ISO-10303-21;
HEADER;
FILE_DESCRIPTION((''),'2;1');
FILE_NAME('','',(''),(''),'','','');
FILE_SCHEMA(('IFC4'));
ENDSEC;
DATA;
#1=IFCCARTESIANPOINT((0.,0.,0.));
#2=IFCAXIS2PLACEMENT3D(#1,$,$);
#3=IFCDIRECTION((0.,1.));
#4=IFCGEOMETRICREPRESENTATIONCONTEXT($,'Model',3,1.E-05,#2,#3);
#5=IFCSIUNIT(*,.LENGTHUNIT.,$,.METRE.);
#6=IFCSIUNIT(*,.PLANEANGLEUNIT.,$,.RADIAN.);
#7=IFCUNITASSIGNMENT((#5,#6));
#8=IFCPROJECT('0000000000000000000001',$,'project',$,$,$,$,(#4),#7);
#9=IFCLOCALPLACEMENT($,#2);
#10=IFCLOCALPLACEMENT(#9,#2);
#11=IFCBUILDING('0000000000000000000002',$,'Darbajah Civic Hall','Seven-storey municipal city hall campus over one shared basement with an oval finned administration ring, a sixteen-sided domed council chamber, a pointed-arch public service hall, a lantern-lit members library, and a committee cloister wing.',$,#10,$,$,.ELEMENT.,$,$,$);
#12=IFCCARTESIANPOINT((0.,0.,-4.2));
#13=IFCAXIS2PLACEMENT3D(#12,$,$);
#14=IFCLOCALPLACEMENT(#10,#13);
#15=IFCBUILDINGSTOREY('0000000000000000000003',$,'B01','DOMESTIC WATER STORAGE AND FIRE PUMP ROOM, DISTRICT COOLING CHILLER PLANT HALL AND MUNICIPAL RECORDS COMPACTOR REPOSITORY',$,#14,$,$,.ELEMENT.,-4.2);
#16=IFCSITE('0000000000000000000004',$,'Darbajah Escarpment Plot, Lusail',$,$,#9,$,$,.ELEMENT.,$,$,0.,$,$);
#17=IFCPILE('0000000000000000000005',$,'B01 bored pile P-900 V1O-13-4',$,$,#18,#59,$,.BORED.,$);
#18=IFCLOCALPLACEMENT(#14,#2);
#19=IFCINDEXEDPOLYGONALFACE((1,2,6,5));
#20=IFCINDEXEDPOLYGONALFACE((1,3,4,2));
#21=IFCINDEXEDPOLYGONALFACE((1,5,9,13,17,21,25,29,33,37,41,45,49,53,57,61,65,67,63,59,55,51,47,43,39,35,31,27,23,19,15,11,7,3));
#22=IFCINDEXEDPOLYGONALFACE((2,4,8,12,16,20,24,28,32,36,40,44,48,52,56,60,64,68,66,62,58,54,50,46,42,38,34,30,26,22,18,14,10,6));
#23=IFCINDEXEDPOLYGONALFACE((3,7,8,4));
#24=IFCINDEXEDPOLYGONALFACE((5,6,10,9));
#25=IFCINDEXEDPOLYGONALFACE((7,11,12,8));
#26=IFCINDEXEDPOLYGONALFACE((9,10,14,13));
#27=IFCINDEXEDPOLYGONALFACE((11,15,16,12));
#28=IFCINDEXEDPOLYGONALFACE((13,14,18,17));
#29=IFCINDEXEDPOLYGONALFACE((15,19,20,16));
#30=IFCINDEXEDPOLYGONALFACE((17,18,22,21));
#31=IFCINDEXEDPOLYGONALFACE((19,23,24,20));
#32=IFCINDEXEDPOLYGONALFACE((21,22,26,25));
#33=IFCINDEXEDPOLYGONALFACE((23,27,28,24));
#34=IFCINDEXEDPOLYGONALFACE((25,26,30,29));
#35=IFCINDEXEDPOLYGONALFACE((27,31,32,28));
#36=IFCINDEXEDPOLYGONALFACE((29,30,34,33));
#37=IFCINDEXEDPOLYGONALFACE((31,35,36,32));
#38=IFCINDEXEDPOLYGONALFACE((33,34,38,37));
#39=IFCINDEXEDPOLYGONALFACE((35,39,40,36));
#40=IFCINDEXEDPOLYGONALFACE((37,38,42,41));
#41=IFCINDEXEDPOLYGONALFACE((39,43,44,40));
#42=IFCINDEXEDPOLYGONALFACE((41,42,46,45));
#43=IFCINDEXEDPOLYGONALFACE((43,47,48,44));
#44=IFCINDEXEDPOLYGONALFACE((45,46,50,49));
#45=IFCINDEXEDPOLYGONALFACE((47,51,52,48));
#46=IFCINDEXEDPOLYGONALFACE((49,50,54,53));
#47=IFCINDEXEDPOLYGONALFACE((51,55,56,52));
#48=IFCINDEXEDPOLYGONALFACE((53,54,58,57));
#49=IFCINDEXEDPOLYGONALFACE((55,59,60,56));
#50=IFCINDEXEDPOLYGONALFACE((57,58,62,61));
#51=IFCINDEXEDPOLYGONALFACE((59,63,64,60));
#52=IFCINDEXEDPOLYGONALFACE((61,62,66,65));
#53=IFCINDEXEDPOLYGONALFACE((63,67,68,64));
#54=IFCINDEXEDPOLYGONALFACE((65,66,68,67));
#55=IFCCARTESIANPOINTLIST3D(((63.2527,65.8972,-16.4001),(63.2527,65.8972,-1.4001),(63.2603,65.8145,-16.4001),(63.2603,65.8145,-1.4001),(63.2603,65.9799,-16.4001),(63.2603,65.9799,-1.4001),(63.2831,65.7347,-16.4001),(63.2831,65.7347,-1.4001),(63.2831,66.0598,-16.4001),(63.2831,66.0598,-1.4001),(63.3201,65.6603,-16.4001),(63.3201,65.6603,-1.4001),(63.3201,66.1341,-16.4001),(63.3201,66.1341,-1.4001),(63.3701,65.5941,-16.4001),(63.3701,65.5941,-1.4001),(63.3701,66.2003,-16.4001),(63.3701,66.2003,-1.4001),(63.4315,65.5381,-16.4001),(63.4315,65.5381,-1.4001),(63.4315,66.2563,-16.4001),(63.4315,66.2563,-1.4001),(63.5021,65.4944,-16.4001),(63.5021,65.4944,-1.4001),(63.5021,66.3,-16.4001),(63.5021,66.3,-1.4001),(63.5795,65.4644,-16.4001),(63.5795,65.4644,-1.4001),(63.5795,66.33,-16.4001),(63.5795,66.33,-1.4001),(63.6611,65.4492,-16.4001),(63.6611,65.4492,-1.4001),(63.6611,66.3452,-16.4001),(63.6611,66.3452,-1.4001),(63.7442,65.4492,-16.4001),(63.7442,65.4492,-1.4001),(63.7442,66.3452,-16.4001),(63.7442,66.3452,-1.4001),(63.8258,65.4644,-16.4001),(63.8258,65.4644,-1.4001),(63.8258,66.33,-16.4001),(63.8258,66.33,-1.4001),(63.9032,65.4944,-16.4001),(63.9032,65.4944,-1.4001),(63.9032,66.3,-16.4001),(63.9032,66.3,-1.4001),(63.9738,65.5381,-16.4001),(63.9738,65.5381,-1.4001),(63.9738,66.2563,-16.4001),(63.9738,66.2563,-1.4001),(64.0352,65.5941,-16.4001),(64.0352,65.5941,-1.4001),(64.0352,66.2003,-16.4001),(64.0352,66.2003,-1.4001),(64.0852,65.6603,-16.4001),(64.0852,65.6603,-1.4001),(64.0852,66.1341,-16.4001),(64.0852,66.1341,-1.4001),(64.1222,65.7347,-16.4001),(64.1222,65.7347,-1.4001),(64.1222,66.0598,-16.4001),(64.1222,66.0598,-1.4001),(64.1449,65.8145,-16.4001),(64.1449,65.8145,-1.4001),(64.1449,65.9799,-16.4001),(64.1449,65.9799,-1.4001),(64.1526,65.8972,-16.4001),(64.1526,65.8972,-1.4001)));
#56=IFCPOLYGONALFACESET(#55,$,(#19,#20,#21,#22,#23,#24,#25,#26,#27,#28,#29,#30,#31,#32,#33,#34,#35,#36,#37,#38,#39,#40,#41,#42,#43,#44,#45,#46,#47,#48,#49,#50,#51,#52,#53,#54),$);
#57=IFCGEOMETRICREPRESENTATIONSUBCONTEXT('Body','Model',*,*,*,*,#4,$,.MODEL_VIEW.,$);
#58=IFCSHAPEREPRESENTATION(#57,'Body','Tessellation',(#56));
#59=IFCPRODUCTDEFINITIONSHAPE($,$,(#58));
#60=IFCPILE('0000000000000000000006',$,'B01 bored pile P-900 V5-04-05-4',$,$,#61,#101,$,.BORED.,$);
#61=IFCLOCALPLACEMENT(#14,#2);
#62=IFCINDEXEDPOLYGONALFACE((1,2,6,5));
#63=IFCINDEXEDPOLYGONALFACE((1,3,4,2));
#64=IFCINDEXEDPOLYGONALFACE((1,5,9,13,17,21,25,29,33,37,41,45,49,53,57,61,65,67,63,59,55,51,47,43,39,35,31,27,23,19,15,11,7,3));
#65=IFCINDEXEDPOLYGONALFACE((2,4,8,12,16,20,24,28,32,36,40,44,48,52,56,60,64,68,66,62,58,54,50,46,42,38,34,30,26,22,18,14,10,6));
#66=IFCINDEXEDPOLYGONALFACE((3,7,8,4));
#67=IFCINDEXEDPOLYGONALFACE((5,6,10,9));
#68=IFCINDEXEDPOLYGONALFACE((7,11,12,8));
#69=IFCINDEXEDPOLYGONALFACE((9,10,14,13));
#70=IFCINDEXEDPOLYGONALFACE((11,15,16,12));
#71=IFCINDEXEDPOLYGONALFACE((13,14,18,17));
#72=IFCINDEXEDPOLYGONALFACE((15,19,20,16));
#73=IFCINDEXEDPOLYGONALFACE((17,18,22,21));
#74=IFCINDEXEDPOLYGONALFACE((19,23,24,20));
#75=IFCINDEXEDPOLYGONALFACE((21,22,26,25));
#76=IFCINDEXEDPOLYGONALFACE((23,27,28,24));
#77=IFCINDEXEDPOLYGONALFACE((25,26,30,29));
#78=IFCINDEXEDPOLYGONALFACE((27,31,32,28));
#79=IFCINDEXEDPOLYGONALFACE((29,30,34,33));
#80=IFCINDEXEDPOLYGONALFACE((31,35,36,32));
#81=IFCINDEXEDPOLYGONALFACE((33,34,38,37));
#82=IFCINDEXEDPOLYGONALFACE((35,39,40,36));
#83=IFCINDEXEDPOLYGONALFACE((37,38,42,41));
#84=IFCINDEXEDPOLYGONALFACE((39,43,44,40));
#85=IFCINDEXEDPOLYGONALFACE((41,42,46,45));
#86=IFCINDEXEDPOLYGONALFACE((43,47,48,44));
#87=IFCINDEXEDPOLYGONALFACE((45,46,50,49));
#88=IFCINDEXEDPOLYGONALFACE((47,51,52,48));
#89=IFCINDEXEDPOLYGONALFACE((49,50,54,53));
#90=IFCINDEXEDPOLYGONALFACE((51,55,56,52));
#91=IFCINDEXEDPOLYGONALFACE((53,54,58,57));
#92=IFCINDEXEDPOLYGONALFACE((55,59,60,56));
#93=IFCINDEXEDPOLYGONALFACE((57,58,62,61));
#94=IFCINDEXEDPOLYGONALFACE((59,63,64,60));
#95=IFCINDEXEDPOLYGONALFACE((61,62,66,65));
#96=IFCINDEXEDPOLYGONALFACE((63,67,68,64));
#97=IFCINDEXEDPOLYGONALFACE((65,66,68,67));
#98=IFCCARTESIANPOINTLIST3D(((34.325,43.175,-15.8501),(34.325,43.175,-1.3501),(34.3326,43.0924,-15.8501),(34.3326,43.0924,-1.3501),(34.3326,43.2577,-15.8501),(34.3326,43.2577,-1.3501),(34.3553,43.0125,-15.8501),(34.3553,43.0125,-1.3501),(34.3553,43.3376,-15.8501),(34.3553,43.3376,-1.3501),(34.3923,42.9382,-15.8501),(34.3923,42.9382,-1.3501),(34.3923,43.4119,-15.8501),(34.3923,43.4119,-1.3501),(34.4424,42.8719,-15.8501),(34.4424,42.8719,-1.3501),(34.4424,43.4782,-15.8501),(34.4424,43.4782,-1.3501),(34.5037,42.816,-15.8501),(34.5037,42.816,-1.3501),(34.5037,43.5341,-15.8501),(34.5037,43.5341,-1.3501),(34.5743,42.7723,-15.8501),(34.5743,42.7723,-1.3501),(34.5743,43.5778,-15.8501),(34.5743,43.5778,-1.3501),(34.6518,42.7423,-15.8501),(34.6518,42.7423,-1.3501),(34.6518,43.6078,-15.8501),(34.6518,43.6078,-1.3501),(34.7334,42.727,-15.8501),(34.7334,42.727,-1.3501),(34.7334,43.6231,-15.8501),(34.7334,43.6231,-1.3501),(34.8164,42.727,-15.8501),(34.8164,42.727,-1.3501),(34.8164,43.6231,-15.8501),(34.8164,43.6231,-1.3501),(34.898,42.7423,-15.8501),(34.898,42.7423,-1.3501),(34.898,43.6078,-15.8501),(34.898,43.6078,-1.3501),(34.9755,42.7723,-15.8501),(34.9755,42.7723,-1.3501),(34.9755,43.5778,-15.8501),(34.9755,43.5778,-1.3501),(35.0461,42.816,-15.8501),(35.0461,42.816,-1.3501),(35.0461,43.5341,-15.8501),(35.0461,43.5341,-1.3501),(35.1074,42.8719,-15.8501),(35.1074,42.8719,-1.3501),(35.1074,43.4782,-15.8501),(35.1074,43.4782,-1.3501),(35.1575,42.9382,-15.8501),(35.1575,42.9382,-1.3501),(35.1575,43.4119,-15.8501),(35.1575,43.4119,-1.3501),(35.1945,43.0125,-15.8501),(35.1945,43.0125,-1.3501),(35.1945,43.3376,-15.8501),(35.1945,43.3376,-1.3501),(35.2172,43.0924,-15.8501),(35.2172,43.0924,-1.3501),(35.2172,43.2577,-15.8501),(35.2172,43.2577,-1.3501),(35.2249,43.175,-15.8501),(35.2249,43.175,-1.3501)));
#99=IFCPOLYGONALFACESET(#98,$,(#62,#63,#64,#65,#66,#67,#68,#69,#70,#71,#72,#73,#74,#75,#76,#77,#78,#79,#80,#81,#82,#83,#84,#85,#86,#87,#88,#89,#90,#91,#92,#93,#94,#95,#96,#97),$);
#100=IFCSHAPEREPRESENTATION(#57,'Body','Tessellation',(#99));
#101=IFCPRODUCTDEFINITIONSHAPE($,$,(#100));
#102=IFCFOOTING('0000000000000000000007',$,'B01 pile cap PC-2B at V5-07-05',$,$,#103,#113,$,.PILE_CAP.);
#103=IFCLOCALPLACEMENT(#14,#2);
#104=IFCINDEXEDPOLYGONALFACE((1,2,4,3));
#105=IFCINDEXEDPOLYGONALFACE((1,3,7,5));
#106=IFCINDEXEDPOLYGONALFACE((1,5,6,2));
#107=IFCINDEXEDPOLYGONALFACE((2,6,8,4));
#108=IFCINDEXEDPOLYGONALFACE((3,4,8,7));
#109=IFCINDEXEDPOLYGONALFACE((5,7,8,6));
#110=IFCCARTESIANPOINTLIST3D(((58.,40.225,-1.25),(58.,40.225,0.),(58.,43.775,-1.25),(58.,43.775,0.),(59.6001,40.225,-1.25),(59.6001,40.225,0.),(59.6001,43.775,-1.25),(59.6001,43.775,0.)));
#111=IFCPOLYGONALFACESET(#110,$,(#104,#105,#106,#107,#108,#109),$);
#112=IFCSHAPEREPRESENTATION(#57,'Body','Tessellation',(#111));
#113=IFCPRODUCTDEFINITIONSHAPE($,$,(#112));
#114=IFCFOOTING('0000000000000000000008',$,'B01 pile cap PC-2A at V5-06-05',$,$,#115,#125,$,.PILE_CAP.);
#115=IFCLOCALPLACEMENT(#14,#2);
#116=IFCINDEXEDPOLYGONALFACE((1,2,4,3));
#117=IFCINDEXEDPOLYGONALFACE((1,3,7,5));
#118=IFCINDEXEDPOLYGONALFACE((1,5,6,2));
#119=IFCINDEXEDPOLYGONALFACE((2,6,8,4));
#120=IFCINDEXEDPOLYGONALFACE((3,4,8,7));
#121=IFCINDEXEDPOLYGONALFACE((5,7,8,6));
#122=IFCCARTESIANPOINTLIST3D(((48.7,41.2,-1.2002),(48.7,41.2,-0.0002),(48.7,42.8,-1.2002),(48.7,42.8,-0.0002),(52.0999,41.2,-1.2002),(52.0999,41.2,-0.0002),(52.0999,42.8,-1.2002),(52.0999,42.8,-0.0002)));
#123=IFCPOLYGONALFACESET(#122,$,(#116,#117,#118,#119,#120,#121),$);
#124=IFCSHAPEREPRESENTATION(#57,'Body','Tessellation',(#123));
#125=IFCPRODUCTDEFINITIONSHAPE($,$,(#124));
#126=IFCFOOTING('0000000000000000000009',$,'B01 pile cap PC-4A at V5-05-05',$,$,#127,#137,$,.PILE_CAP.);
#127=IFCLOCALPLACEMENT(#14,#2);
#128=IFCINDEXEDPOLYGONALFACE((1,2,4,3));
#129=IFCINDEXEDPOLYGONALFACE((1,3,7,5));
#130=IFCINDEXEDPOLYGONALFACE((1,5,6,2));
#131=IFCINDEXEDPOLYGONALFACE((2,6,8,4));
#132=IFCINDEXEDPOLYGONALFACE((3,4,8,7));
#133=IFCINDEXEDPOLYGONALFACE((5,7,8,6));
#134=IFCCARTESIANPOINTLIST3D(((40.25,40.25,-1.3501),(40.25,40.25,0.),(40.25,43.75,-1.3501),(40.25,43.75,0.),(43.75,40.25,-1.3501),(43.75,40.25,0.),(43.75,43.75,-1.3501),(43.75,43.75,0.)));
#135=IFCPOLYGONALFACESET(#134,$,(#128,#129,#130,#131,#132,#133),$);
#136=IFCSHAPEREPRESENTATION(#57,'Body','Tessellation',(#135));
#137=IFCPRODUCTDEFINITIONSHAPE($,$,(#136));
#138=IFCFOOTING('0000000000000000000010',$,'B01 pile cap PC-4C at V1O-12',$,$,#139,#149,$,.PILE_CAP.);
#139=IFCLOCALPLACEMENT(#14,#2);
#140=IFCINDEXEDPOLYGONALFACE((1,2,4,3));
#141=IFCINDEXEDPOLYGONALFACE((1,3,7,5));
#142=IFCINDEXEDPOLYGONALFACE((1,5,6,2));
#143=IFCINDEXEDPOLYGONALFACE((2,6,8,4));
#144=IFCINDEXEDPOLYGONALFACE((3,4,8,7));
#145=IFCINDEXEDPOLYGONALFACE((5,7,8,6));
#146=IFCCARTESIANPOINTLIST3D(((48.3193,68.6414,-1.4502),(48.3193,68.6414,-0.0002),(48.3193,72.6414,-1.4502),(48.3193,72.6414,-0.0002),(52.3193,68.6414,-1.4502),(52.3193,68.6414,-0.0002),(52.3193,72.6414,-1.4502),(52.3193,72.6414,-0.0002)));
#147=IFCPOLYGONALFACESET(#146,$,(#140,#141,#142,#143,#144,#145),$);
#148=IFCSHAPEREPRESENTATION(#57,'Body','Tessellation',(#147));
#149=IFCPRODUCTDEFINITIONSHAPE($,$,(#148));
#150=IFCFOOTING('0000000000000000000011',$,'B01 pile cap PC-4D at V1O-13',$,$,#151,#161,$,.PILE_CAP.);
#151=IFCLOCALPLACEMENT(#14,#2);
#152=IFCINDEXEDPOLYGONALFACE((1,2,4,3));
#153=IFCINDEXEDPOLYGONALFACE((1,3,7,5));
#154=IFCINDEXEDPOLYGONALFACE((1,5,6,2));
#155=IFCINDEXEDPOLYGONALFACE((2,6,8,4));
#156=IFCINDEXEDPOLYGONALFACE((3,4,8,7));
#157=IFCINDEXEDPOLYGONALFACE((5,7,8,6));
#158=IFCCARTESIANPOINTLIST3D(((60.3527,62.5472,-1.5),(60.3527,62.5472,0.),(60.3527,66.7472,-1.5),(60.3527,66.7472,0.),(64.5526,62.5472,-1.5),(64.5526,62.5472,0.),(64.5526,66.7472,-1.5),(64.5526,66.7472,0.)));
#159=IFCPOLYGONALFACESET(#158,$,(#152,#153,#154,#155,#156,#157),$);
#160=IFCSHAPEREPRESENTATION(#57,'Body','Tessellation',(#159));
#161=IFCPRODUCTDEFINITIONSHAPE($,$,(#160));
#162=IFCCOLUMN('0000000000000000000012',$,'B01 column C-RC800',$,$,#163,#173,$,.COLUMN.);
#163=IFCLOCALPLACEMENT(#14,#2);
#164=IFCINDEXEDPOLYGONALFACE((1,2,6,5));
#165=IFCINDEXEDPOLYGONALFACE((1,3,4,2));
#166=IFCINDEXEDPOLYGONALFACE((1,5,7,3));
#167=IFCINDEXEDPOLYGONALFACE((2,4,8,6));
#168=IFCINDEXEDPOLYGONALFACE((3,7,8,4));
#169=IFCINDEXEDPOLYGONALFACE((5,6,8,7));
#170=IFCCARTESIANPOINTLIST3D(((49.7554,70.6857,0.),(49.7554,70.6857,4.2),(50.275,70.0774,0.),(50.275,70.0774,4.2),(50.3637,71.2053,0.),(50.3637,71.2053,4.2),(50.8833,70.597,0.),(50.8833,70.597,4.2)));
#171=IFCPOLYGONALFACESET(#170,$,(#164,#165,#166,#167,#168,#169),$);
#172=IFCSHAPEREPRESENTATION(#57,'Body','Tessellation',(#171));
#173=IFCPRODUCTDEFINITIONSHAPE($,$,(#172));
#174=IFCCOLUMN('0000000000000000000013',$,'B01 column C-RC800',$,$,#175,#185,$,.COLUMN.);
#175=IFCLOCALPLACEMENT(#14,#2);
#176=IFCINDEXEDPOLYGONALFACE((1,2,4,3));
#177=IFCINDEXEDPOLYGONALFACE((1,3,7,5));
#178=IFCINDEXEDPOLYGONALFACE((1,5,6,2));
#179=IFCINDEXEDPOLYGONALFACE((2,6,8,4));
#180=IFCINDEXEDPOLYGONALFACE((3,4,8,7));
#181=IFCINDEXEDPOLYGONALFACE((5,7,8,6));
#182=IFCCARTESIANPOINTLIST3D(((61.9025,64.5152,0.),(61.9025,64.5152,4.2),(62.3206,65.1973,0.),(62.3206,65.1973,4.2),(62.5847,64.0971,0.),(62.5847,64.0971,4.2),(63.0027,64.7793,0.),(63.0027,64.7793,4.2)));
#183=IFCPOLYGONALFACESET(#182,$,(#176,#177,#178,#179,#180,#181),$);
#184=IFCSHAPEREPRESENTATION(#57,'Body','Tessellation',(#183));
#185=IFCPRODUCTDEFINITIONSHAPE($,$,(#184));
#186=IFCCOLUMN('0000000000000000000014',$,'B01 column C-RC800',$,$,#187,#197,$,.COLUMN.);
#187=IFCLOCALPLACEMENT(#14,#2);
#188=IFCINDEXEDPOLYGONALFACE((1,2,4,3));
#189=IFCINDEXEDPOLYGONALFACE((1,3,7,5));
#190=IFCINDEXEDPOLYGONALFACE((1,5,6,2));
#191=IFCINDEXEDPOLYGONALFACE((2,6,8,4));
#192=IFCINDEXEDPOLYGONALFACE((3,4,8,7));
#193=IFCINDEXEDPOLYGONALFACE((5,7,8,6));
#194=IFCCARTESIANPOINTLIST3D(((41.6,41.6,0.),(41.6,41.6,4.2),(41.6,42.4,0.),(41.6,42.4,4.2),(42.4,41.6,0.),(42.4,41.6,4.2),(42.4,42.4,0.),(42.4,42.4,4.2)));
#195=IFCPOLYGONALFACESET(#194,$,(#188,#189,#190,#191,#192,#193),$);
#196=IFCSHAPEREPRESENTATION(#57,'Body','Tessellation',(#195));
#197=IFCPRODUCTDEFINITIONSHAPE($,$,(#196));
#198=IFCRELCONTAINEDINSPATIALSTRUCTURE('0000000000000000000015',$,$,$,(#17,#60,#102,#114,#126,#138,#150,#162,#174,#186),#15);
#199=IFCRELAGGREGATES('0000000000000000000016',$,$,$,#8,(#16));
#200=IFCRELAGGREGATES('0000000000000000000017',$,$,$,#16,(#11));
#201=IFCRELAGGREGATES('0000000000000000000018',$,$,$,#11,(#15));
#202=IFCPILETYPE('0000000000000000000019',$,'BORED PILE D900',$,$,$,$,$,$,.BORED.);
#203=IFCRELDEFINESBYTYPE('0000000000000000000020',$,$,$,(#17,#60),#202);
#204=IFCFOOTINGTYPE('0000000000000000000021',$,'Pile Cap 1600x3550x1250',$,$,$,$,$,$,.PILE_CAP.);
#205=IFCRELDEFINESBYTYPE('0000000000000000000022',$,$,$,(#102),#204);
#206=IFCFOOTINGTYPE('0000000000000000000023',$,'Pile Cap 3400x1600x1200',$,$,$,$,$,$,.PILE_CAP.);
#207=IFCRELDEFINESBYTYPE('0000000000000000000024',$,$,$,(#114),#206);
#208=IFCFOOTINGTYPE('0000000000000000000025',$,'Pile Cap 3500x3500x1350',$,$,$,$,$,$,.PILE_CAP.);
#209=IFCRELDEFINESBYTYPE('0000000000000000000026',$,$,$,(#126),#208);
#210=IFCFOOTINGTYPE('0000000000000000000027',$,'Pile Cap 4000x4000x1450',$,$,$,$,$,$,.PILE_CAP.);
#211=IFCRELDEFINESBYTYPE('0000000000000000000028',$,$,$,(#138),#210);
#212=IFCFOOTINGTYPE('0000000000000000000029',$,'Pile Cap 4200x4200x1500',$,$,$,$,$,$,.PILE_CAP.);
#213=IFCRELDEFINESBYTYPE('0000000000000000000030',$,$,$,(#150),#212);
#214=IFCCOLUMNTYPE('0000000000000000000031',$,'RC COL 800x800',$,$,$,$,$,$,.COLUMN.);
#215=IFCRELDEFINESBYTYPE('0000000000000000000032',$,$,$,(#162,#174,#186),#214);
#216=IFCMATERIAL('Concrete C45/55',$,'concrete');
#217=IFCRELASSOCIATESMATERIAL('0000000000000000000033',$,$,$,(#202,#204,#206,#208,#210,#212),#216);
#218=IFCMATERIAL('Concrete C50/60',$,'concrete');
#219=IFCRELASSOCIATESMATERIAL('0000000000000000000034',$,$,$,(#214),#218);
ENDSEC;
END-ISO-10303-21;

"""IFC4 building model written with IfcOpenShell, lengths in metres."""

from ifc_helpers import new_model, si_unit, direction, frame, origin, origin_2d, place, context, subcontext, project, spatial, rectangle, circle, extrude, material, material_profile, profile_set, type_object, element, save


model = new_model("IFC4")

# Units and contexts
model_context = context("Model", 3, precision=1e-05, world=origin(), true_north=direction((0.0, 1.0)))
body_context = subcontext(model_context, "Body", "Model", "MODEL_VIEW")
ifc_project = project(units=[si_unit("LENGTHUNIT", "METRE"), si_unit("PLANEANGLEUNIT", "RADIAN")], contexts=[model_context])

# Site, building, storey
site_placement = place(None, origin())
site = spatial("IfcSite", under=ifc_project, at=site_placement, Name="Darbajah Escarpment Plot, Lusail", CompositionType="ELEMENT", RefElevation=0.0)
building_placement = place(site_placement, origin())
building = spatial("IfcBuilding", under=site, at=building_placement, Name="Darbajah Civic Hall", Description="Seven-storey municipal city hall campus over one shared basement with an oval finned administration ring, a sixteen-sided domed council chamber, a pointed-arch public service hall, a lantern-lit members library, and a committee cloister wing.", CompositionType="ELEMENT")
storey_placement = place(building_placement, frame((0.0, 0.0, -4.2)))
storey = spatial("IfcBuildingStorey", under=building, at=storey_placement, Name="B01", Description="DOMESTIC WATER STORAGE AND FIRE PUMP ROOM, DISTRICT COOLING CHILLER PLANT HALL AND MUNICIPAL RECORDS COMPACTOR REPOSITORY", CompositionType="ELEMENT", Elevation=-4.2)

# Piles
ifc_material_1 = material(Name="Concrete C45/55", Category="concrete")
ifc_material_profile_1 = material_profile(ifc_material_1, circle(Radius=0.45, at=origin_2d()), Name="BORED PILE D900")
ifc_profile_set_1 = profile_set([ifc_material_profile_1], Name="Concrete C45/55")
pile_type_1 = type_object("IfcPileType", Name="BORED PILE D900", PredefinedType="BORED", material=ifc_profile_set_1)
for number, where, z_axis, x_axis, name in (
    (1, (63.7026, 65.8972, -1.4001), (0.0, 0.0, -1.0), (1.0, 0.0, 0.0), "B01 bored pile P-900 V1O-13-4"),
):
    element("IfcPile", number, at=place(storey_placement, frame(where, z_axis=z_axis, x_axis=x_axis)), inside=storey, type_object=pile_type_1, Name=name, PredefinedType="BORED", context=body_context, shape_type="SweptSolid", body=[
        extrude(circle(Radius=0.45, at=origin_2d()), origin(), (0.0, 0.0, 1.0), 15.0),
    ])
pile_placement = place(storey_placement, frame((34.7749, 43.175, -1.3501), z_axis=(0.0, 0.0, -1.0), x_axis=(1.0, 0.0, 0.0)))
element("IfcPile", 2, at=pile_placement, inside=storey, type_object=pile_type_1, Name="B01 bored pile P-900 V5-04-05-4", PredefinedType="BORED", context=body_context, shape_type="SweptSolid", body=[
    extrude(circle(Radius=0.45, at=origin_2d()), origin(), (0.0, 0.0, 1.0), 14.5),
])

# Footings
footing_type_1 = type_object("IfcFootingType", Name="Pile Cap 1600x3550x1250", PredefinedType="PILE_CAP", material=ifc_material_1)
footing_1_placement = place(storey_placement, frame((58.8, 42.0, -1.25), z_axis=(0.0, 0.0, 1.0), x_axis=(1.0, 0.0, 0.0)))
element("IfcFooting", 3, at=footing_1_placement, inside=storey, type_object=footing_type_1, Name="B01 pile cap PC-2B at V5-07-05", PredefinedType="PILE_CAP", context=body_context, shape_type="SweptSolid", body=[
    extrude(rectangle(XDim=1.6001, YDim=3.55, at=origin_2d()), origin(), (0.0, 0.0, 1.0), 1.25),
])
footing_type_2 = type_object("IfcFootingType", Name="Pile Cap 3400x1600x1200", PredefinedType="PILE_CAP", material=ifc_material_1)
footing_2_placement = place(storey_placement, frame((50.3999, 42.0, -1.2002), z_axis=(0.0, 0.0, 1.0), x_axis=(1.0, 0.0, 0.0)))
element("IfcFooting", 4, at=footing_2_placement, inside=storey, type_object=footing_type_2, Name="B01 pile cap PC-2A at V5-06-05", PredefinedType="PILE_CAP", context=body_context, shape_type="SweptSolid", body=[
    extrude(rectangle(XDim=3.3999, YDim=1.6001, at=origin_2d()), origin(), (0.0, 0.0, 1.0), 1.2),
])
footing_type_3 = type_object("IfcFootingType", Name="Pile Cap 3500x3500x1350", PredefinedType="PILE_CAP", material=ifc_material_1)
footing_3_placement = place(storey_placement, frame((42.0, 42.0, -1.3501), z_axis=(0.0, 0.0, 1.0), x_axis=(1.0, 0.0, 0.0)))
element("IfcFooting", 5, at=footing_3_placement, inside=storey, type_object=footing_type_3, Name="B01 pile cap PC-4A at V5-05-05", PredefinedType="PILE_CAP", context=body_context, shape_type="SweptSolid", body=[
    extrude(rectangle(XDim=3.5, YDim=3.5, at=origin_2d()), origin(), (0.0, 0.0, 1.0), 1.3501),
])
footing_type_4 = type_object("IfcFootingType", Name="Pile Cap 4000x4000x1450", PredefinedType="PILE_CAP", material=ifc_material_1)
footing_4_placement = place(storey_placement, frame((50.3193, 70.6414, -1.4502), z_axis=(0.0, 0.0, 1.0), x_axis=(1.0, 0.0, 0.0)))
element("IfcFooting", 6, at=footing_4_placement, inside=storey, type_object=footing_type_4, Name="B01 pile cap PC-4C at V1O-12", PredefinedType="PILE_CAP", context=body_context, shape_type="SweptSolid", body=[
    extrude(rectangle(XDim=4.0, YDim=4.0, at=origin_2d()), origin(), (0.0, 0.0, 1.0), 1.45),
])
footing_type_5 = type_object("IfcFootingType", Name="Pile Cap 4200x4200x1500", PredefinedType="PILE_CAP", material=ifc_material_1)
footing_5_placement = place(storey_placement, frame((62.4526, 64.6472, -1.5), z_axis=(0.0, 0.0, 1.0), x_axis=(1.0, 0.0, 0.0)))
element("IfcFooting", 7, at=footing_5_placement, inside=storey, type_object=footing_type_5, Name="B01 pile cap PC-4D at V1O-13", PredefinedType="PILE_CAP", context=body_context, shape_type="SweptSolid", body=[
    extrude(rectangle(XDim=4.2, YDim=4.2, at=origin_2d()), origin(), (0.0, 0.0, 1.0), 1.5),
])

# Columns
ifc_material_2 = material(Name="Concrete C50/60", Category="concrete")
ifc_material_profile_2 = material_profile(ifc_material_2, rectangle(XDim=0.8, YDim=0.8, at=origin_2d()), Name="RC COL 800x800")
ifc_profile_set_2 = profile_set([ifc_material_profile_2], Name="Concrete C50/60")
column_type = type_object("IfcColumnType", Name="RC COL 800x800", PredefinedType="COLUMN", material=ifc_profile_set_2)
for number, where, z_axis, x_axis, name in (
    (8, (50.3193, 70.6414, 0.0), (0.0, 0.0, 1.0), (-0.760406, -0.649448, 0.0), "B01 column C-RC800"),
    (9, (62.4526, 64.6472, 0.0), (0.0, 0.0, 1.0), (-0.522499, -0.85264, 0.0), "B01 column C-RC800"),
    (10, (42.0, 42.0, 0.0), (0.0, 0.0, 1.0), (1.0, 0.0, 0.0), "B01 column C-RC800"),
):
    element("IfcColumn", number, at=place(storey_placement, frame(where, z_axis=z_axis, x_axis=x_axis)), inside=storey, type_object=column_type, Name=name, PredefinedType="COLUMN", context=body_context, shape_type="SweptSolid", body=[
        extrude(rectangle(XDim=0.8, YDim=0.8, at=origin_2d()), origin(), (0.0, 0.0, 1.0), 4.2),
    ])

save(model, "model.ifc")
